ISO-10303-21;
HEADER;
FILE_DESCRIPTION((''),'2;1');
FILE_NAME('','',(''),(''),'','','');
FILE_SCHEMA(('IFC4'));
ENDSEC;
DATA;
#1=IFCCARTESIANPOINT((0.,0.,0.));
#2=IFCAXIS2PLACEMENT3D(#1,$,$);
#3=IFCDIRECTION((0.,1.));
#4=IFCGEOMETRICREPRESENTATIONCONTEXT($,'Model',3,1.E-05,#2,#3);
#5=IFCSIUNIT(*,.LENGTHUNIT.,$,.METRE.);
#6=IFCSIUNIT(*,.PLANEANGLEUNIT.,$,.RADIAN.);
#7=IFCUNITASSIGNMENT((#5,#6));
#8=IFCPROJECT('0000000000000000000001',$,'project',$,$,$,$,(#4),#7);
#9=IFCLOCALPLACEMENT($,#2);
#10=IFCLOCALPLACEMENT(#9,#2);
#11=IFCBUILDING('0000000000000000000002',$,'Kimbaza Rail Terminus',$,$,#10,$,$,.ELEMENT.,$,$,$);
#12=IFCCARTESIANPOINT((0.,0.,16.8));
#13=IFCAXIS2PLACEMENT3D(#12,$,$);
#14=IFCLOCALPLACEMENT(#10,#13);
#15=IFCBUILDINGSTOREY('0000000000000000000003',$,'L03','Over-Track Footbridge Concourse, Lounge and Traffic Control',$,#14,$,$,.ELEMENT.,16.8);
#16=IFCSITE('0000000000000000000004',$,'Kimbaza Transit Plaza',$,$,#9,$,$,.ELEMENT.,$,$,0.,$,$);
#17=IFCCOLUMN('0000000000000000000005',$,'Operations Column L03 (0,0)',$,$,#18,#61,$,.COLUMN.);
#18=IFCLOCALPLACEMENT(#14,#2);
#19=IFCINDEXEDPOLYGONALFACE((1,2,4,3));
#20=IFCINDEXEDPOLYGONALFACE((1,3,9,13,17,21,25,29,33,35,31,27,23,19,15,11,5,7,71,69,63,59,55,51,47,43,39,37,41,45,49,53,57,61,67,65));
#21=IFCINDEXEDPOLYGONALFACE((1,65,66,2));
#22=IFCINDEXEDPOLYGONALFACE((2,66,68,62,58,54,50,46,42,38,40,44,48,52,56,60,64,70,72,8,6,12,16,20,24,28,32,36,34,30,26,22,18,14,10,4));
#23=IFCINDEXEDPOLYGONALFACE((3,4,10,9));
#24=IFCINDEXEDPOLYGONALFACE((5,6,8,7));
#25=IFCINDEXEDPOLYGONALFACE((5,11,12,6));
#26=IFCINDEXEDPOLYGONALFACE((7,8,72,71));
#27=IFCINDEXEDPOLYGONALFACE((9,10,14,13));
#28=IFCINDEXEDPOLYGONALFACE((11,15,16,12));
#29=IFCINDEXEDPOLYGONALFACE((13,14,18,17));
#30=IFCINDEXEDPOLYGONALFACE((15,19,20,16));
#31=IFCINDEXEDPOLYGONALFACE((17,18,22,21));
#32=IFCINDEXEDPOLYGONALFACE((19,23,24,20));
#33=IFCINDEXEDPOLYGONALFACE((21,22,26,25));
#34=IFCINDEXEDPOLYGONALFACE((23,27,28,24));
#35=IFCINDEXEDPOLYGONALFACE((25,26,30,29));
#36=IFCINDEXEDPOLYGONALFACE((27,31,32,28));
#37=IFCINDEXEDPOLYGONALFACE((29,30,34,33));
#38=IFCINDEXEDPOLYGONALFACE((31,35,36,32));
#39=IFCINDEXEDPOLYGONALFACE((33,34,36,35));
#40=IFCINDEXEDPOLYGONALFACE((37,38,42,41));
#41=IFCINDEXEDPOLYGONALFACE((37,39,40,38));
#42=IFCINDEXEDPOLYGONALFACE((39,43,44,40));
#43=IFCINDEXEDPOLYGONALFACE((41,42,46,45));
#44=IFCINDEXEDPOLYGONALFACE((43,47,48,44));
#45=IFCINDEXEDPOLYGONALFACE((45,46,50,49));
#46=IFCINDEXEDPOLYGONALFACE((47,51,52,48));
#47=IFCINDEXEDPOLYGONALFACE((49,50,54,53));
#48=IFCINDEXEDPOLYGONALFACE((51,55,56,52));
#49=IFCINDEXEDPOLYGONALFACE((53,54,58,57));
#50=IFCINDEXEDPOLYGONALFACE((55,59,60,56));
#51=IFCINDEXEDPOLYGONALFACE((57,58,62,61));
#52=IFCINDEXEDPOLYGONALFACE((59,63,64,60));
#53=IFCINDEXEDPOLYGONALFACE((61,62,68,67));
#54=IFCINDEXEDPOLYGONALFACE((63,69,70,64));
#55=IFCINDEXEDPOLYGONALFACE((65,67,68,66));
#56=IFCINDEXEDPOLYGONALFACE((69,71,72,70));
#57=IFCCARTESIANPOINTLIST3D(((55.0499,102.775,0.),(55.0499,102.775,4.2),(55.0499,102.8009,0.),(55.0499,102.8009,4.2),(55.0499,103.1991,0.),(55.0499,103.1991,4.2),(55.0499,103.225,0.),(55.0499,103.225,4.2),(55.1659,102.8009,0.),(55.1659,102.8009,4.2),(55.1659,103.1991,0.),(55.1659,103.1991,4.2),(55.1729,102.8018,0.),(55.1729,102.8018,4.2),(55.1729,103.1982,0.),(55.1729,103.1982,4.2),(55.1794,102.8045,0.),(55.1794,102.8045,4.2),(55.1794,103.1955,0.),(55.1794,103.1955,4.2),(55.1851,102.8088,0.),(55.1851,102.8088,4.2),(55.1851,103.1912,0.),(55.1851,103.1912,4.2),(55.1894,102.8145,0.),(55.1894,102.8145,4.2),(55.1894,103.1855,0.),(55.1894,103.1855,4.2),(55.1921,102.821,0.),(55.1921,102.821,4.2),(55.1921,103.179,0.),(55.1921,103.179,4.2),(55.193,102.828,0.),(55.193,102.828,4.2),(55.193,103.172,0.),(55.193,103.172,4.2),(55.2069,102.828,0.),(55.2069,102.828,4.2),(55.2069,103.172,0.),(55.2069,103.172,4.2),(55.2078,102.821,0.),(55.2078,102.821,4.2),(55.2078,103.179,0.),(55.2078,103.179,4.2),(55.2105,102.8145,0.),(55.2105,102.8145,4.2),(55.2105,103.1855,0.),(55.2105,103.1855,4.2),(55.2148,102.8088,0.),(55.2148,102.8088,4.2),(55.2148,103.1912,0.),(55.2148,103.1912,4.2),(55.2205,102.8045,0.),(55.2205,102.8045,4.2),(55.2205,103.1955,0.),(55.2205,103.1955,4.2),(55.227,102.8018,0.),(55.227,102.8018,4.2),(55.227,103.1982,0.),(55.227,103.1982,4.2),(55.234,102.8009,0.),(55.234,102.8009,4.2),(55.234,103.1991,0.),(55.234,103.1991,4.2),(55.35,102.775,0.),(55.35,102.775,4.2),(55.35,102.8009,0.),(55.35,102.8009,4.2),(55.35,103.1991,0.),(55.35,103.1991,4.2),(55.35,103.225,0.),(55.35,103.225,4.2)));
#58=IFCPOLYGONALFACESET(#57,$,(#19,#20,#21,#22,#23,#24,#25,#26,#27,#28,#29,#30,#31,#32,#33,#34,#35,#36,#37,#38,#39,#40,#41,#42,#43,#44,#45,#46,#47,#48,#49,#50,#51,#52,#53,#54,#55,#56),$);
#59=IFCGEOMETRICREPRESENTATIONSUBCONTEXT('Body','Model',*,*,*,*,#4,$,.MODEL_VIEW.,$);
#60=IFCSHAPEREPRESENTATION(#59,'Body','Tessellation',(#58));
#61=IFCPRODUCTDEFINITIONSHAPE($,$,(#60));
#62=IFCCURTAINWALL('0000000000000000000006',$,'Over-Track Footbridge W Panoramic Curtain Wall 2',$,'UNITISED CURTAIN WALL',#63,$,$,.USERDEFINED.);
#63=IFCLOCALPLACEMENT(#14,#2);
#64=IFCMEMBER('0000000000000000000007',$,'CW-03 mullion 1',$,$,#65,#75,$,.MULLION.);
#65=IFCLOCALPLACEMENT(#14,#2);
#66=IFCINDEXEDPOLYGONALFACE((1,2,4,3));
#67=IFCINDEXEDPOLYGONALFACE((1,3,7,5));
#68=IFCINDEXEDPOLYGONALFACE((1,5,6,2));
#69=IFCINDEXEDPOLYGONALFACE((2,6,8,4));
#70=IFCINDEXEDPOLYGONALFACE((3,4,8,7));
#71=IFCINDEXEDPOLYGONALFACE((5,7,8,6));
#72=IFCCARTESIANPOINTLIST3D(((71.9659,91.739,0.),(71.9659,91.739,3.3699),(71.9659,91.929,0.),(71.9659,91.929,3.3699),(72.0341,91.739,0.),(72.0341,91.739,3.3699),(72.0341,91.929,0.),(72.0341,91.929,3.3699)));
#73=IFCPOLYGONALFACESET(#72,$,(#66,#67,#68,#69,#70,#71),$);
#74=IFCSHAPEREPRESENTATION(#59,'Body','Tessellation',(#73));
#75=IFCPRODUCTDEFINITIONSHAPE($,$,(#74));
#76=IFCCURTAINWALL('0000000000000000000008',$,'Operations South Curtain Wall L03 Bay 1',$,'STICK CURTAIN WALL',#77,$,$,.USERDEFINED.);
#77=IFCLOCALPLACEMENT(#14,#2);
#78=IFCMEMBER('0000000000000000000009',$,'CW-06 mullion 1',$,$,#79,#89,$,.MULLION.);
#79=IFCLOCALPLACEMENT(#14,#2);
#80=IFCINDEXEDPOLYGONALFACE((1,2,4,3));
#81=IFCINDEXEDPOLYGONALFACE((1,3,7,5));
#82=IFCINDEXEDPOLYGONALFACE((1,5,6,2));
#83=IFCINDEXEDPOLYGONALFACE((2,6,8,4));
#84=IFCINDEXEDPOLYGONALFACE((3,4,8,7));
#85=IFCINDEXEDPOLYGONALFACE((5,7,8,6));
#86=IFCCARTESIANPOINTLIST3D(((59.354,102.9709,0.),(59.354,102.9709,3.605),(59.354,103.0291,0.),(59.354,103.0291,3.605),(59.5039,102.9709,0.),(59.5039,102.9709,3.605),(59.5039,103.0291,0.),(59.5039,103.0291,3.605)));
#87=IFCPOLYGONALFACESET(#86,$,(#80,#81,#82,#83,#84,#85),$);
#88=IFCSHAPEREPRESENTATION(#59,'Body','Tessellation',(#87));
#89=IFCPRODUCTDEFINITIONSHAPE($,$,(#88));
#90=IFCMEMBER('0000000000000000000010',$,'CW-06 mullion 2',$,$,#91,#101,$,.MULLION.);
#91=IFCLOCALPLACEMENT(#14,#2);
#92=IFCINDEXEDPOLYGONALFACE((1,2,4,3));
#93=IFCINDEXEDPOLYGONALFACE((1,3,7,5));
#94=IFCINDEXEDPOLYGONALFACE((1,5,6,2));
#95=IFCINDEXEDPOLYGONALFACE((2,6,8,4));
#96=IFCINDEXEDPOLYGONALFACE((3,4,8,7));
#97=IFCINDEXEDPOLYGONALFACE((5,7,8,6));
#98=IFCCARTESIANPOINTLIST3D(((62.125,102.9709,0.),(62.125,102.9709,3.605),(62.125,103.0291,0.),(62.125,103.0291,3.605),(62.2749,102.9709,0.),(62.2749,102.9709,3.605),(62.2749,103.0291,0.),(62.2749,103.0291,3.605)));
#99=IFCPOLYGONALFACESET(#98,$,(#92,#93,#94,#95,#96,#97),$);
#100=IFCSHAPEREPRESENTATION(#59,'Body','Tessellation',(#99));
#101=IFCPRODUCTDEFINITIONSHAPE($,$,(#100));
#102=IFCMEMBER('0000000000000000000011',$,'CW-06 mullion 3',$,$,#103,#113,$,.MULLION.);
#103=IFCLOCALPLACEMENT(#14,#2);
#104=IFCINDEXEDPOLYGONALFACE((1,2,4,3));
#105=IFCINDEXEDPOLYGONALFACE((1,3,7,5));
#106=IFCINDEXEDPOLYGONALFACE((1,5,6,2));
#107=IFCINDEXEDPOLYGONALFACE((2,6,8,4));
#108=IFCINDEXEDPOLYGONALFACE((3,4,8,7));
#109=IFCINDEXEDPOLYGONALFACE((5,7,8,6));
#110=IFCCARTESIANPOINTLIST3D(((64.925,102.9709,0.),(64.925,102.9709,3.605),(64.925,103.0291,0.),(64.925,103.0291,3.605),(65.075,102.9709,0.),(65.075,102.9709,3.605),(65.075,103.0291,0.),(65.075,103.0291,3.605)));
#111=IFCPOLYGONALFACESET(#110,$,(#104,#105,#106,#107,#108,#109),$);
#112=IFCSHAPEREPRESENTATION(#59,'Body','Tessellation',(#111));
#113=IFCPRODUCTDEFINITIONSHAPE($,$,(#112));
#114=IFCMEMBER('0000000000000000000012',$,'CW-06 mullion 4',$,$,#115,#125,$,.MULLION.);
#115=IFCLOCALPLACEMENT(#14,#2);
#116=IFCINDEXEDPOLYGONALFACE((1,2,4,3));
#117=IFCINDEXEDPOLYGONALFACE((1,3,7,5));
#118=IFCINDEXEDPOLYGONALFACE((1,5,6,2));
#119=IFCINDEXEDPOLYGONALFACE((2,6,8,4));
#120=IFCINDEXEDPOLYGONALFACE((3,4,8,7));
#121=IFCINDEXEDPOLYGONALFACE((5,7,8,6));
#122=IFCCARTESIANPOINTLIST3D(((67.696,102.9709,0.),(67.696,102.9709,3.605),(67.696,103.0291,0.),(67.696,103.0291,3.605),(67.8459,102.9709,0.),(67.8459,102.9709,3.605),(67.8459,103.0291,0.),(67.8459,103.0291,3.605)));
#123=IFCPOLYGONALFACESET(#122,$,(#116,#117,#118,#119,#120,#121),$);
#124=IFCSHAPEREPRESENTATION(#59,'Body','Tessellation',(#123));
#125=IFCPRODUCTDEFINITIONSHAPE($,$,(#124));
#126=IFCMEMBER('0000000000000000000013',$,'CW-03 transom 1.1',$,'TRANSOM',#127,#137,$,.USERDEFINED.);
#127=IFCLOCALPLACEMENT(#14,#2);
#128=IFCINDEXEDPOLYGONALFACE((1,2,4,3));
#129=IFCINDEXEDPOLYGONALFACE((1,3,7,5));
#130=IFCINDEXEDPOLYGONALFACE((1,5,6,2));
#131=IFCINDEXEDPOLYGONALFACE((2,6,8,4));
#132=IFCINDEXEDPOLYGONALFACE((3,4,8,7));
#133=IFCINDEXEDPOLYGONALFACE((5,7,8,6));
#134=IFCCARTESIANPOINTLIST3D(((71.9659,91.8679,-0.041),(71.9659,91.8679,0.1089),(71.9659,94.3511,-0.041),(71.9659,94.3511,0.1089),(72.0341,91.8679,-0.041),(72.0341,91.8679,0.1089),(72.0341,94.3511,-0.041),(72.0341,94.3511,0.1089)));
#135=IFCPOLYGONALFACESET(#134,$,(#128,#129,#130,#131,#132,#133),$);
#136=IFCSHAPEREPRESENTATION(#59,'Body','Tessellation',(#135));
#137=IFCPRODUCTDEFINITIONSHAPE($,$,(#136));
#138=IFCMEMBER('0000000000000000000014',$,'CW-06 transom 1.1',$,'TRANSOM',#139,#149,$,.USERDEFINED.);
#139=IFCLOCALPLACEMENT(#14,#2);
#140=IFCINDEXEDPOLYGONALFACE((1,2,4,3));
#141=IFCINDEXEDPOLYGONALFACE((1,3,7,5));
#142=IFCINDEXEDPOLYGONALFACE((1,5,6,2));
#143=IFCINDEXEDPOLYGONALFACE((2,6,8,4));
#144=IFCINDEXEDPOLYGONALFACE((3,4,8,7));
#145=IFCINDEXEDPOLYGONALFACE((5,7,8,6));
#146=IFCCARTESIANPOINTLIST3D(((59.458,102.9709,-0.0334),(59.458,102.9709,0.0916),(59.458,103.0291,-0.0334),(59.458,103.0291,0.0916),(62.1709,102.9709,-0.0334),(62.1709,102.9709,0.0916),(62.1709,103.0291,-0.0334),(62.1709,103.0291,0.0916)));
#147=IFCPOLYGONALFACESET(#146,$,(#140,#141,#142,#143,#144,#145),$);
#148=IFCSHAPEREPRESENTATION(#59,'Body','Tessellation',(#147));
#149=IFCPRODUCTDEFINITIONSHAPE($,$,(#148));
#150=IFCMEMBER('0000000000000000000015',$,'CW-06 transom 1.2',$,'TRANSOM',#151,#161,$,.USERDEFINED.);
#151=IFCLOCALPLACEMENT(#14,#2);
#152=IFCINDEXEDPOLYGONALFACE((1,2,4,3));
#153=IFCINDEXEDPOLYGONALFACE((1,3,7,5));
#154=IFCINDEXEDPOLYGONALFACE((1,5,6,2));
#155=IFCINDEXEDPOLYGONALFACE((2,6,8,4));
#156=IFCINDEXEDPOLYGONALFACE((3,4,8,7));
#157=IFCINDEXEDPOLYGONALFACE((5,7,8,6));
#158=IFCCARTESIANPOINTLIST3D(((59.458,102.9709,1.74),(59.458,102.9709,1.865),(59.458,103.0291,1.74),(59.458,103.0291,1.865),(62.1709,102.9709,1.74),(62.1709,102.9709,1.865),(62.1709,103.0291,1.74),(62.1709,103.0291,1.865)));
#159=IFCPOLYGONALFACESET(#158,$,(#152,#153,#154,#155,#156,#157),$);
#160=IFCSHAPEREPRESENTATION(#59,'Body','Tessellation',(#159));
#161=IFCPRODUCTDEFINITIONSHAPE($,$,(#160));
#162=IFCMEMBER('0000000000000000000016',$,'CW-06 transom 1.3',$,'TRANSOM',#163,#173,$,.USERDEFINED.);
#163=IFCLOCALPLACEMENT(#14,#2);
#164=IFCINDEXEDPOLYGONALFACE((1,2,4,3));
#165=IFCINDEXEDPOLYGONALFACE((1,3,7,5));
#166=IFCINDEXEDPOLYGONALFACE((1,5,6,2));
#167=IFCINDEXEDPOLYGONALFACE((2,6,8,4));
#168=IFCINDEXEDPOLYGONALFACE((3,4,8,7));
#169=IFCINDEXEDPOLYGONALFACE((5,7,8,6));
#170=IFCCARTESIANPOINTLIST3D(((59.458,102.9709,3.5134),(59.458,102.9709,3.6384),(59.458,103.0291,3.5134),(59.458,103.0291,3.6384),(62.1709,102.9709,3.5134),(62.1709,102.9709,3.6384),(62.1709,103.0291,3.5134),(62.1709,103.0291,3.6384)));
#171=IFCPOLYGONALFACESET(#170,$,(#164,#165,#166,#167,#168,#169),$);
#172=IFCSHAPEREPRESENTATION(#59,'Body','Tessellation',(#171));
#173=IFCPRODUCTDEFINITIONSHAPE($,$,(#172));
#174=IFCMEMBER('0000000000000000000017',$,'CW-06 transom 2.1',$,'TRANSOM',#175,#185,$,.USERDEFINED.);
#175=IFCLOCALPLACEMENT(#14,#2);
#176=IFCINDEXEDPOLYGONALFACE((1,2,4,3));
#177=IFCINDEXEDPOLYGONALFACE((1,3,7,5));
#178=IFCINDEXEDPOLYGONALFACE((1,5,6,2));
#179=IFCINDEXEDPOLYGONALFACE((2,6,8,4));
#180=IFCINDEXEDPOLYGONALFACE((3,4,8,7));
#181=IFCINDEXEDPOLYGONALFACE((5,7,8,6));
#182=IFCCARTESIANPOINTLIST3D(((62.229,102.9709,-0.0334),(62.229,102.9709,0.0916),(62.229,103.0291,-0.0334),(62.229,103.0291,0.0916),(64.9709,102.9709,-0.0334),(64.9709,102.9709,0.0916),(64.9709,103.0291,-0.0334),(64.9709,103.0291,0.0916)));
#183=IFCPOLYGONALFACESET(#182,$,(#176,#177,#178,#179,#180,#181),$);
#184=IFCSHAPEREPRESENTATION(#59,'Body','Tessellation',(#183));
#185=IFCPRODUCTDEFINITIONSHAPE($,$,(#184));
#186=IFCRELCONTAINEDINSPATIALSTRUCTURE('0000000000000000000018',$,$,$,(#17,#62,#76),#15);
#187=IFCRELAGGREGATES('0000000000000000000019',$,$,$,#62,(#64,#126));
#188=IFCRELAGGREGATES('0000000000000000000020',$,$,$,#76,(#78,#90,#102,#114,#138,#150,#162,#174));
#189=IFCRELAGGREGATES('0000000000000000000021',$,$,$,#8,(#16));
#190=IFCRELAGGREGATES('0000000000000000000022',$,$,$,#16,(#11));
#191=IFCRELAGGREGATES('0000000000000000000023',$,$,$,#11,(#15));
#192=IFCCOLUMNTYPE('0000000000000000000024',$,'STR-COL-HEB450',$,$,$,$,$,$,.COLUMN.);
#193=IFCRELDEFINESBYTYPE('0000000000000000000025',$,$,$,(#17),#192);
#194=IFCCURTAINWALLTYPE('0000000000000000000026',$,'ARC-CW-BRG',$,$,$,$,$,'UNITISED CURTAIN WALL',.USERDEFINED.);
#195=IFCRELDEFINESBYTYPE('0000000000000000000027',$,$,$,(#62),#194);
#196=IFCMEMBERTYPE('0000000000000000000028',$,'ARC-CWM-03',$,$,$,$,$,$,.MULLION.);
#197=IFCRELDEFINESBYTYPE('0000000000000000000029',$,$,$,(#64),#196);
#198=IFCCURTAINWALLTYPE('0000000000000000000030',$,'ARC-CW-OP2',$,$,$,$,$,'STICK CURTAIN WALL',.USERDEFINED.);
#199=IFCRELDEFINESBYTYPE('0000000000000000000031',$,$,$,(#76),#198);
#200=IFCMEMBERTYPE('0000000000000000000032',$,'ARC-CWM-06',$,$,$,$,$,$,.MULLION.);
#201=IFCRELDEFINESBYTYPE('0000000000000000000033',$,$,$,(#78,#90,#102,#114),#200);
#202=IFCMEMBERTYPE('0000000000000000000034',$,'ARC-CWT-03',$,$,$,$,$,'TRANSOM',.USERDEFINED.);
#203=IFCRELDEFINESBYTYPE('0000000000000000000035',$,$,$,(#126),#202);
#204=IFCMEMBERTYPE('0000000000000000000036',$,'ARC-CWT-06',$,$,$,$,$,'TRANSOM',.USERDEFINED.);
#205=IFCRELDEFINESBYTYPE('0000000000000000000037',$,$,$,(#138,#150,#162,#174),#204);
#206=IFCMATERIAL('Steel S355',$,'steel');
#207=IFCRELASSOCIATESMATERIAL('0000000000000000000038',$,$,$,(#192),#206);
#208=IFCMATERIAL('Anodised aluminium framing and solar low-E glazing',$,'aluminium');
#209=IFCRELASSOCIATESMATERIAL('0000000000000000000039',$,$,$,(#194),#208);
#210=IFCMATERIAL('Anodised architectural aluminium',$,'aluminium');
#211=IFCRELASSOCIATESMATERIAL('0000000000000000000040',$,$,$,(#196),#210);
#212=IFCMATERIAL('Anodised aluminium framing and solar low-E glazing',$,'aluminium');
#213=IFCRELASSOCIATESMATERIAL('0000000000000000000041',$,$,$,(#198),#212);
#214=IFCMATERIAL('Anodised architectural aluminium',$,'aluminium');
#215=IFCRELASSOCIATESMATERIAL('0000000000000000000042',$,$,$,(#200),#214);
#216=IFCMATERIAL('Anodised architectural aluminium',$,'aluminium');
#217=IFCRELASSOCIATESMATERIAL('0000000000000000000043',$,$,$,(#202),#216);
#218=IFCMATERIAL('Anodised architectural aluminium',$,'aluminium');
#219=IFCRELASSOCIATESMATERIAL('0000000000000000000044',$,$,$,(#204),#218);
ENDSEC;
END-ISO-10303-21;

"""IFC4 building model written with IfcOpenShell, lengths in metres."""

from ifc_helpers import new_model, si_unit, direction, frame, origin, origin_2d, place, context, subcontext, project, spatial, rectangle, i_section, extrude, material, material_profile, profile_set, type_object, element, aggregate, save


model = new_model("IFC4")

# Units and contexts
model_context = context("Model", 3, precision=1e-05, world=origin(), true_north=direction((0.0, 1.0)))
body_context = subcontext(model_context, "Body", "Model", "MODEL_VIEW")
ifc_project = project(units=[si_unit("LENGTHUNIT", "METRE"), si_unit("PLANEANGLEUNIT", "RADIAN")], contexts=[model_context])

# Site, building, storey
site_placement = place(None, origin())
site = spatial("IfcSite", under=ifc_project, at=site_placement, Name="Kimbaza Transit Plaza", CompositionType="ELEMENT", RefElevation=0.0)
building_placement = place(site_placement, origin())
building = spatial("IfcBuilding", under=site, at=building_placement, Name="Kimbaza Rail Terminus", CompositionType="ELEMENT")
storey_placement = place(building_placement, frame((0.0, 0.0, 16.8)))
storey = spatial("IfcBuildingStorey", under=building, at=storey_placement, Name="L03", Description="Over-Track Footbridge Concourse, Lounge and Traffic Control", CompositionType="ELEMENT", Elevation=16.8)

# Column
ifc_material_1 = material(Name="Steel S355", Category="steel")
ifc_material_profile_1 = material_profile(ifc_material_1, i_section(OverallWidth=0.3, OverallDepth=0.45, WebThickness=0.0139, FlangeThickness=0.0259, FilletRadius=0.0271, at=origin_2d()), Name="HEB 450")
ifc_profile_set_1 = profile_set([ifc_material_profile_1], Name="Steel S355")
column_type = type_object("IfcColumnType", Name="STR-COL-HEB450", PredefinedType="COLUMN", material=ifc_profile_set_1)
column_placement = place(storey_placement, frame((55.2, 103.0, 0.0), z_axis=(0.0, 0.0, 1.0), x_axis=(1.0, 0.0, 0.0)))
element("IfcColumn", 1, at=column_placement, inside=storey, type_object=column_type, Name="Operations Column L03 (0,0)", PredefinedType="COLUMN", context=body_context, shape_type="SweptSolid", body=[
    extrude(i_section(OverallWidth=0.3, OverallDepth=0.45, WebThickness=0.0139, FlangeThickness=0.0259, FilletRadius=0.0271, at=origin_2d()), origin(), (0.0, 0.0, 1.0), 4.2),
])

# Curtain wall, member
ifc_material_2 = material(Name="Anodised aluminium framing and solar low-E glazing", Category="aluminium")
curtain_wall_type_1 = type_object("IfcCurtainWallType", Name="ARC-CW-BRG", ElementType="UNITISED CURTAIN WALL", PredefinedType="USERDEFINED", material=ifc_material_2)
curtain_wall_1_placement = place(storey_placement, origin())
curtain_wall_1 = element("IfcCurtainWall", 2, at=curtain_wall_1_placement, inside=storey, type_object=curtain_wall_type_1, Name="Over-Track Footbridge W Panoramic Curtain Wall 2", ObjectType="UNITISED CURTAIN WALL", PredefinedType="USERDEFINED")
ifc_material_3 = material(Name="Anodised architectural aluminium", Category="aluminium")
ifc_material_profile_2 = material_profile(ifc_material_3, rectangle(XDim=0.0681, YDim=0.1899, at=origin_2d()), Name="MULLION 68x190")
ifc_profile_set_2 = profile_set([ifc_material_profile_2], Name="Anodised architectural aluminium")
member_type_1 = type_object("IfcMemberType", Name="ARC-CWM-03", PredefinedType="MULLION", material=ifc_profile_set_2)
member_1_placement = place(storey_placement, frame((72.0, 91.834, 0.0), z_axis=(0.0, 0.0, 1.0), x_axis=(-1.0, 0.0, 0.0)))
member_1 = element("IfcMember", 3, at=member_1_placement, type_object=member_type_1, Name="CW-03 mullion 1", PredefinedType="MULLION", context=body_context, shape_type="SweptSolid", body=[
    extrude(rectangle(XDim=0.0681, YDim=0.1899, at=origin_2d()), origin(), (0.0, 0.0, 1.0), 3.3699),
])

# Curtain wall, members
ifc_material_4 = material(Name="Anodised aluminium framing and solar low-E glazing", Category="aluminium")
curtain_wall_type_2 = type_object("IfcCurtainWallType", Name="ARC-CW-OP2", ElementType="STICK CURTAIN WALL", PredefinedType="USERDEFINED", material=ifc_material_4)
curtain_wall_2_placement = place(storey_placement, origin())
curtain_wall_2 = element("IfcCurtainWall", 4, at=curtain_wall_2_placement, inside=storey, type_object=curtain_wall_type_2, Name="Operations South Curtain Wall L03 Bay 1", ObjectType="STICK CURTAIN WALL", PredefinedType="USERDEFINED")
ifc_material_5 = material(Name="Anodised architectural aluminium", Category="aluminium")
ifc_material_profile_3 = material_profile(ifc_material_5, rectangle(XDim=0.0581, YDim=0.1499, at=origin_2d()), Name="MULLION 58x150")
ifc_profile_set_3 = profile_set([ifc_material_profile_3], Name="Anodised architectural aluminium")
member_type_2 = type_object("IfcMemberType", Name="ARC-CWM-06", PredefinedType="MULLION", material=ifc_profile_set_3)
member_2_placement = place(storey_placement, frame((59.429, 103.0, 0.0), z_axis=(0.0, 0.0, 1.0), x_axis=(0.0, 1.0, 0.0)))
member_2 = element("IfcMember", 5, at=member_2_placement, type_object=member_type_2, Name="CW-06 mullion 1", PredefinedType="MULLION", context=body_context, shape_type="SweptSolid", body=[
    extrude(rectangle(XDim=0.0581, YDim=0.1499, at=origin_2d()), origin(), (0.0, 0.0, 1.0), 3.605),
])
member_3_placement = place(storey_placement, frame((62.2, 103.0, 0.0), z_axis=(0.0, 0.0, 1.0), x_axis=(0.0, 1.0, 0.0)))
member_3 = element("IfcMember", 6, at=member_3_placement, type_object=member_type_2, Name="CW-06 mullion 2", PredefinedType="MULLION", context=body_context, shape_type="SweptSolid", body=[
    extrude(rectangle(XDim=0.0581, YDim=0.1499, at=origin_2d()), origin(), (0.0, 0.0, 1.0), 3.605),
])
member_4_placement = place(storey_placement, frame((65.0, 103.0, 0.0), z_axis=(0.0, 0.0, 1.0), x_axis=(0.0, 1.0, 0.0)))
member_4 = element("IfcMember", 7, at=member_4_placement, type_object=member_type_2, Name="CW-06 mullion 3", PredefinedType="MULLION", context=body_context, shape_type="SweptSolid", body=[
    extrude(rectangle(XDim=0.0581, YDim=0.1499, at=origin_2d()), origin(), (0.0, 0.0, 1.0), 3.605),
])
member_5_placement = place(storey_placement, frame((67.771, 103.0, 0.0), z_axis=(0.0, 0.0, 1.0), x_axis=(0.0, 1.0, 0.0)))
member_5 = element("IfcMember", 8, at=member_5_placement, type_object=member_type_2, Name="CW-06 mullion 4", PredefinedType="MULLION", context=body_context, shape_type="SweptSolid", body=[
    extrude(rectangle(XDim=0.0581, YDim=0.1499, at=origin_2d()), origin(), (0.0, 0.0, 1.0), 3.605),
])

# Members
ifc_material_6 = material(Name="Anodised architectural aluminium", Category="aluminium")
ifc_material_profile_4 = material_profile(ifc_material_6, rectangle(XDim=0.0681, YDim=0.1499, at=origin_2d()), Name="TRANSOM 68x150")
ifc_profile_set_4 = profile_set([ifc_material_profile_4], Name="Anodised architectural aluminium")
member_type_3 = type_object("IfcMemberType", Name="ARC-CWT-03", ElementType="TRANSOM", PredefinedType="USERDEFINED", material=ifc_profile_set_4)
member_6_placement = place(storey_placement, frame((72.0, 91.8679, 0.0339), z_axis=(0.0, 1.0, 0.0), x_axis=(-1.0, 0.0, 0.0)))
member_6 = element("IfcMember", 9, at=member_6_placement, type_object=member_type_3, Name="CW-03 transom 1.1", ObjectType="TRANSOM", PredefinedType="USERDEFINED", context=body_context, shape_type="SweptSolid", body=[
    extrude(rectangle(XDim=0.0681, YDim=0.1499, at=origin_2d()), origin(), (0.0, 0.0, 1.0), 2.4832),
])
aggregate(curtain_wall_1, [member_1, member_6])
ifc_material_7 = material(Name="Anodised architectural aluminium", Category="aluminium")
ifc_material_profile_5 = material_profile(ifc_material_7, rectangle(XDim=0.0581, YDim=0.125, at=origin_2d()), Name="TRANSOM 58x125")
ifc_profile_set_5 = profile_set([ifc_material_profile_5], Name="Anodised architectural aluminium")
member_type_4 = type_object("IfcMemberType", Name="ARC-CWT-06", ElementType="TRANSOM", PredefinedType="USERDEFINED", material=ifc_profile_set_5)
member_7_placement = place(storey_placement, frame((59.458, 103.0, 0.0291), z_axis=(1.0, 0.0, 0.0), x_axis=(0.0, 1.0, 0.0)))
member_7 = element("IfcMember", 10, at=member_7_placement, type_object=member_type_4, Name="CW-06 transom 1.1", ObjectType="TRANSOM", PredefinedType="USERDEFINED", context=body_context, shape_type="SweptSolid", body=[
    extrude(rectangle(XDim=0.0581, YDim=0.125, at=origin_2d()), origin(), (0.0, 0.0, 1.0), 2.7129),
])
member_8_placement = place(storey_placement, frame((59.458, 103.0, 1.8025), z_axis=(1.0, 0.0, 0.0), x_axis=(0.0, 1.0, 0.0)))
member_8 = element("IfcMember", 11, at=member_8_placement, type_object=member_type_4, Name="CW-06 transom 1.2", ObjectType="TRANSOM", PredefinedType="USERDEFINED", context=body_context, shape_type="SweptSolid", body=[
    extrude(rectangle(XDim=0.0581, YDim=0.125, at=origin_2d()), origin(), (0.0, 0.0, 1.0), 2.7129),
])
member_9_placement = place(storey_placement, frame((59.458, 103.0, 3.5759), z_axis=(1.0, 0.0, 0.0), x_axis=(0.0, 1.0, 0.0)))
member_9 = element("IfcMember", 12, at=member_9_placement, type_object=member_type_4, Name="CW-06 transom 1.3", ObjectType="TRANSOM", PredefinedType="USERDEFINED", context=body_context, shape_type="SweptSolid", body=[
    extrude(rectangle(XDim=0.0581, YDim=0.125, at=origin_2d()), origin(), (0.0, 0.0, 1.0), 2.7129),
])
member_10_placement = place(storey_placement, frame((62.229, 103.0, 0.0291), z_axis=(1.0, 0.0, 0.0), x_axis=(0.0, 1.0, 0.0)))
member_10 = element("IfcMember", 13, at=member_10_placement, type_object=member_type_4, Name="CW-06 transom 2.1", ObjectType="TRANSOM", PredefinedType="USERDEFINED", context=body_context, shape_type="SweptSolid", body=[
    extrude(rectangle(XDim=0.0581, YDim=0.125, at=origin_2d()), origin(), (0.0, 0.0, 1.0), 2.7419),
])

aggregate(curtain_wall_2, [member_2, member_3, member_4, member_5, member_7, member_8, member_9, member_10])

save(model, "model.ifc")
